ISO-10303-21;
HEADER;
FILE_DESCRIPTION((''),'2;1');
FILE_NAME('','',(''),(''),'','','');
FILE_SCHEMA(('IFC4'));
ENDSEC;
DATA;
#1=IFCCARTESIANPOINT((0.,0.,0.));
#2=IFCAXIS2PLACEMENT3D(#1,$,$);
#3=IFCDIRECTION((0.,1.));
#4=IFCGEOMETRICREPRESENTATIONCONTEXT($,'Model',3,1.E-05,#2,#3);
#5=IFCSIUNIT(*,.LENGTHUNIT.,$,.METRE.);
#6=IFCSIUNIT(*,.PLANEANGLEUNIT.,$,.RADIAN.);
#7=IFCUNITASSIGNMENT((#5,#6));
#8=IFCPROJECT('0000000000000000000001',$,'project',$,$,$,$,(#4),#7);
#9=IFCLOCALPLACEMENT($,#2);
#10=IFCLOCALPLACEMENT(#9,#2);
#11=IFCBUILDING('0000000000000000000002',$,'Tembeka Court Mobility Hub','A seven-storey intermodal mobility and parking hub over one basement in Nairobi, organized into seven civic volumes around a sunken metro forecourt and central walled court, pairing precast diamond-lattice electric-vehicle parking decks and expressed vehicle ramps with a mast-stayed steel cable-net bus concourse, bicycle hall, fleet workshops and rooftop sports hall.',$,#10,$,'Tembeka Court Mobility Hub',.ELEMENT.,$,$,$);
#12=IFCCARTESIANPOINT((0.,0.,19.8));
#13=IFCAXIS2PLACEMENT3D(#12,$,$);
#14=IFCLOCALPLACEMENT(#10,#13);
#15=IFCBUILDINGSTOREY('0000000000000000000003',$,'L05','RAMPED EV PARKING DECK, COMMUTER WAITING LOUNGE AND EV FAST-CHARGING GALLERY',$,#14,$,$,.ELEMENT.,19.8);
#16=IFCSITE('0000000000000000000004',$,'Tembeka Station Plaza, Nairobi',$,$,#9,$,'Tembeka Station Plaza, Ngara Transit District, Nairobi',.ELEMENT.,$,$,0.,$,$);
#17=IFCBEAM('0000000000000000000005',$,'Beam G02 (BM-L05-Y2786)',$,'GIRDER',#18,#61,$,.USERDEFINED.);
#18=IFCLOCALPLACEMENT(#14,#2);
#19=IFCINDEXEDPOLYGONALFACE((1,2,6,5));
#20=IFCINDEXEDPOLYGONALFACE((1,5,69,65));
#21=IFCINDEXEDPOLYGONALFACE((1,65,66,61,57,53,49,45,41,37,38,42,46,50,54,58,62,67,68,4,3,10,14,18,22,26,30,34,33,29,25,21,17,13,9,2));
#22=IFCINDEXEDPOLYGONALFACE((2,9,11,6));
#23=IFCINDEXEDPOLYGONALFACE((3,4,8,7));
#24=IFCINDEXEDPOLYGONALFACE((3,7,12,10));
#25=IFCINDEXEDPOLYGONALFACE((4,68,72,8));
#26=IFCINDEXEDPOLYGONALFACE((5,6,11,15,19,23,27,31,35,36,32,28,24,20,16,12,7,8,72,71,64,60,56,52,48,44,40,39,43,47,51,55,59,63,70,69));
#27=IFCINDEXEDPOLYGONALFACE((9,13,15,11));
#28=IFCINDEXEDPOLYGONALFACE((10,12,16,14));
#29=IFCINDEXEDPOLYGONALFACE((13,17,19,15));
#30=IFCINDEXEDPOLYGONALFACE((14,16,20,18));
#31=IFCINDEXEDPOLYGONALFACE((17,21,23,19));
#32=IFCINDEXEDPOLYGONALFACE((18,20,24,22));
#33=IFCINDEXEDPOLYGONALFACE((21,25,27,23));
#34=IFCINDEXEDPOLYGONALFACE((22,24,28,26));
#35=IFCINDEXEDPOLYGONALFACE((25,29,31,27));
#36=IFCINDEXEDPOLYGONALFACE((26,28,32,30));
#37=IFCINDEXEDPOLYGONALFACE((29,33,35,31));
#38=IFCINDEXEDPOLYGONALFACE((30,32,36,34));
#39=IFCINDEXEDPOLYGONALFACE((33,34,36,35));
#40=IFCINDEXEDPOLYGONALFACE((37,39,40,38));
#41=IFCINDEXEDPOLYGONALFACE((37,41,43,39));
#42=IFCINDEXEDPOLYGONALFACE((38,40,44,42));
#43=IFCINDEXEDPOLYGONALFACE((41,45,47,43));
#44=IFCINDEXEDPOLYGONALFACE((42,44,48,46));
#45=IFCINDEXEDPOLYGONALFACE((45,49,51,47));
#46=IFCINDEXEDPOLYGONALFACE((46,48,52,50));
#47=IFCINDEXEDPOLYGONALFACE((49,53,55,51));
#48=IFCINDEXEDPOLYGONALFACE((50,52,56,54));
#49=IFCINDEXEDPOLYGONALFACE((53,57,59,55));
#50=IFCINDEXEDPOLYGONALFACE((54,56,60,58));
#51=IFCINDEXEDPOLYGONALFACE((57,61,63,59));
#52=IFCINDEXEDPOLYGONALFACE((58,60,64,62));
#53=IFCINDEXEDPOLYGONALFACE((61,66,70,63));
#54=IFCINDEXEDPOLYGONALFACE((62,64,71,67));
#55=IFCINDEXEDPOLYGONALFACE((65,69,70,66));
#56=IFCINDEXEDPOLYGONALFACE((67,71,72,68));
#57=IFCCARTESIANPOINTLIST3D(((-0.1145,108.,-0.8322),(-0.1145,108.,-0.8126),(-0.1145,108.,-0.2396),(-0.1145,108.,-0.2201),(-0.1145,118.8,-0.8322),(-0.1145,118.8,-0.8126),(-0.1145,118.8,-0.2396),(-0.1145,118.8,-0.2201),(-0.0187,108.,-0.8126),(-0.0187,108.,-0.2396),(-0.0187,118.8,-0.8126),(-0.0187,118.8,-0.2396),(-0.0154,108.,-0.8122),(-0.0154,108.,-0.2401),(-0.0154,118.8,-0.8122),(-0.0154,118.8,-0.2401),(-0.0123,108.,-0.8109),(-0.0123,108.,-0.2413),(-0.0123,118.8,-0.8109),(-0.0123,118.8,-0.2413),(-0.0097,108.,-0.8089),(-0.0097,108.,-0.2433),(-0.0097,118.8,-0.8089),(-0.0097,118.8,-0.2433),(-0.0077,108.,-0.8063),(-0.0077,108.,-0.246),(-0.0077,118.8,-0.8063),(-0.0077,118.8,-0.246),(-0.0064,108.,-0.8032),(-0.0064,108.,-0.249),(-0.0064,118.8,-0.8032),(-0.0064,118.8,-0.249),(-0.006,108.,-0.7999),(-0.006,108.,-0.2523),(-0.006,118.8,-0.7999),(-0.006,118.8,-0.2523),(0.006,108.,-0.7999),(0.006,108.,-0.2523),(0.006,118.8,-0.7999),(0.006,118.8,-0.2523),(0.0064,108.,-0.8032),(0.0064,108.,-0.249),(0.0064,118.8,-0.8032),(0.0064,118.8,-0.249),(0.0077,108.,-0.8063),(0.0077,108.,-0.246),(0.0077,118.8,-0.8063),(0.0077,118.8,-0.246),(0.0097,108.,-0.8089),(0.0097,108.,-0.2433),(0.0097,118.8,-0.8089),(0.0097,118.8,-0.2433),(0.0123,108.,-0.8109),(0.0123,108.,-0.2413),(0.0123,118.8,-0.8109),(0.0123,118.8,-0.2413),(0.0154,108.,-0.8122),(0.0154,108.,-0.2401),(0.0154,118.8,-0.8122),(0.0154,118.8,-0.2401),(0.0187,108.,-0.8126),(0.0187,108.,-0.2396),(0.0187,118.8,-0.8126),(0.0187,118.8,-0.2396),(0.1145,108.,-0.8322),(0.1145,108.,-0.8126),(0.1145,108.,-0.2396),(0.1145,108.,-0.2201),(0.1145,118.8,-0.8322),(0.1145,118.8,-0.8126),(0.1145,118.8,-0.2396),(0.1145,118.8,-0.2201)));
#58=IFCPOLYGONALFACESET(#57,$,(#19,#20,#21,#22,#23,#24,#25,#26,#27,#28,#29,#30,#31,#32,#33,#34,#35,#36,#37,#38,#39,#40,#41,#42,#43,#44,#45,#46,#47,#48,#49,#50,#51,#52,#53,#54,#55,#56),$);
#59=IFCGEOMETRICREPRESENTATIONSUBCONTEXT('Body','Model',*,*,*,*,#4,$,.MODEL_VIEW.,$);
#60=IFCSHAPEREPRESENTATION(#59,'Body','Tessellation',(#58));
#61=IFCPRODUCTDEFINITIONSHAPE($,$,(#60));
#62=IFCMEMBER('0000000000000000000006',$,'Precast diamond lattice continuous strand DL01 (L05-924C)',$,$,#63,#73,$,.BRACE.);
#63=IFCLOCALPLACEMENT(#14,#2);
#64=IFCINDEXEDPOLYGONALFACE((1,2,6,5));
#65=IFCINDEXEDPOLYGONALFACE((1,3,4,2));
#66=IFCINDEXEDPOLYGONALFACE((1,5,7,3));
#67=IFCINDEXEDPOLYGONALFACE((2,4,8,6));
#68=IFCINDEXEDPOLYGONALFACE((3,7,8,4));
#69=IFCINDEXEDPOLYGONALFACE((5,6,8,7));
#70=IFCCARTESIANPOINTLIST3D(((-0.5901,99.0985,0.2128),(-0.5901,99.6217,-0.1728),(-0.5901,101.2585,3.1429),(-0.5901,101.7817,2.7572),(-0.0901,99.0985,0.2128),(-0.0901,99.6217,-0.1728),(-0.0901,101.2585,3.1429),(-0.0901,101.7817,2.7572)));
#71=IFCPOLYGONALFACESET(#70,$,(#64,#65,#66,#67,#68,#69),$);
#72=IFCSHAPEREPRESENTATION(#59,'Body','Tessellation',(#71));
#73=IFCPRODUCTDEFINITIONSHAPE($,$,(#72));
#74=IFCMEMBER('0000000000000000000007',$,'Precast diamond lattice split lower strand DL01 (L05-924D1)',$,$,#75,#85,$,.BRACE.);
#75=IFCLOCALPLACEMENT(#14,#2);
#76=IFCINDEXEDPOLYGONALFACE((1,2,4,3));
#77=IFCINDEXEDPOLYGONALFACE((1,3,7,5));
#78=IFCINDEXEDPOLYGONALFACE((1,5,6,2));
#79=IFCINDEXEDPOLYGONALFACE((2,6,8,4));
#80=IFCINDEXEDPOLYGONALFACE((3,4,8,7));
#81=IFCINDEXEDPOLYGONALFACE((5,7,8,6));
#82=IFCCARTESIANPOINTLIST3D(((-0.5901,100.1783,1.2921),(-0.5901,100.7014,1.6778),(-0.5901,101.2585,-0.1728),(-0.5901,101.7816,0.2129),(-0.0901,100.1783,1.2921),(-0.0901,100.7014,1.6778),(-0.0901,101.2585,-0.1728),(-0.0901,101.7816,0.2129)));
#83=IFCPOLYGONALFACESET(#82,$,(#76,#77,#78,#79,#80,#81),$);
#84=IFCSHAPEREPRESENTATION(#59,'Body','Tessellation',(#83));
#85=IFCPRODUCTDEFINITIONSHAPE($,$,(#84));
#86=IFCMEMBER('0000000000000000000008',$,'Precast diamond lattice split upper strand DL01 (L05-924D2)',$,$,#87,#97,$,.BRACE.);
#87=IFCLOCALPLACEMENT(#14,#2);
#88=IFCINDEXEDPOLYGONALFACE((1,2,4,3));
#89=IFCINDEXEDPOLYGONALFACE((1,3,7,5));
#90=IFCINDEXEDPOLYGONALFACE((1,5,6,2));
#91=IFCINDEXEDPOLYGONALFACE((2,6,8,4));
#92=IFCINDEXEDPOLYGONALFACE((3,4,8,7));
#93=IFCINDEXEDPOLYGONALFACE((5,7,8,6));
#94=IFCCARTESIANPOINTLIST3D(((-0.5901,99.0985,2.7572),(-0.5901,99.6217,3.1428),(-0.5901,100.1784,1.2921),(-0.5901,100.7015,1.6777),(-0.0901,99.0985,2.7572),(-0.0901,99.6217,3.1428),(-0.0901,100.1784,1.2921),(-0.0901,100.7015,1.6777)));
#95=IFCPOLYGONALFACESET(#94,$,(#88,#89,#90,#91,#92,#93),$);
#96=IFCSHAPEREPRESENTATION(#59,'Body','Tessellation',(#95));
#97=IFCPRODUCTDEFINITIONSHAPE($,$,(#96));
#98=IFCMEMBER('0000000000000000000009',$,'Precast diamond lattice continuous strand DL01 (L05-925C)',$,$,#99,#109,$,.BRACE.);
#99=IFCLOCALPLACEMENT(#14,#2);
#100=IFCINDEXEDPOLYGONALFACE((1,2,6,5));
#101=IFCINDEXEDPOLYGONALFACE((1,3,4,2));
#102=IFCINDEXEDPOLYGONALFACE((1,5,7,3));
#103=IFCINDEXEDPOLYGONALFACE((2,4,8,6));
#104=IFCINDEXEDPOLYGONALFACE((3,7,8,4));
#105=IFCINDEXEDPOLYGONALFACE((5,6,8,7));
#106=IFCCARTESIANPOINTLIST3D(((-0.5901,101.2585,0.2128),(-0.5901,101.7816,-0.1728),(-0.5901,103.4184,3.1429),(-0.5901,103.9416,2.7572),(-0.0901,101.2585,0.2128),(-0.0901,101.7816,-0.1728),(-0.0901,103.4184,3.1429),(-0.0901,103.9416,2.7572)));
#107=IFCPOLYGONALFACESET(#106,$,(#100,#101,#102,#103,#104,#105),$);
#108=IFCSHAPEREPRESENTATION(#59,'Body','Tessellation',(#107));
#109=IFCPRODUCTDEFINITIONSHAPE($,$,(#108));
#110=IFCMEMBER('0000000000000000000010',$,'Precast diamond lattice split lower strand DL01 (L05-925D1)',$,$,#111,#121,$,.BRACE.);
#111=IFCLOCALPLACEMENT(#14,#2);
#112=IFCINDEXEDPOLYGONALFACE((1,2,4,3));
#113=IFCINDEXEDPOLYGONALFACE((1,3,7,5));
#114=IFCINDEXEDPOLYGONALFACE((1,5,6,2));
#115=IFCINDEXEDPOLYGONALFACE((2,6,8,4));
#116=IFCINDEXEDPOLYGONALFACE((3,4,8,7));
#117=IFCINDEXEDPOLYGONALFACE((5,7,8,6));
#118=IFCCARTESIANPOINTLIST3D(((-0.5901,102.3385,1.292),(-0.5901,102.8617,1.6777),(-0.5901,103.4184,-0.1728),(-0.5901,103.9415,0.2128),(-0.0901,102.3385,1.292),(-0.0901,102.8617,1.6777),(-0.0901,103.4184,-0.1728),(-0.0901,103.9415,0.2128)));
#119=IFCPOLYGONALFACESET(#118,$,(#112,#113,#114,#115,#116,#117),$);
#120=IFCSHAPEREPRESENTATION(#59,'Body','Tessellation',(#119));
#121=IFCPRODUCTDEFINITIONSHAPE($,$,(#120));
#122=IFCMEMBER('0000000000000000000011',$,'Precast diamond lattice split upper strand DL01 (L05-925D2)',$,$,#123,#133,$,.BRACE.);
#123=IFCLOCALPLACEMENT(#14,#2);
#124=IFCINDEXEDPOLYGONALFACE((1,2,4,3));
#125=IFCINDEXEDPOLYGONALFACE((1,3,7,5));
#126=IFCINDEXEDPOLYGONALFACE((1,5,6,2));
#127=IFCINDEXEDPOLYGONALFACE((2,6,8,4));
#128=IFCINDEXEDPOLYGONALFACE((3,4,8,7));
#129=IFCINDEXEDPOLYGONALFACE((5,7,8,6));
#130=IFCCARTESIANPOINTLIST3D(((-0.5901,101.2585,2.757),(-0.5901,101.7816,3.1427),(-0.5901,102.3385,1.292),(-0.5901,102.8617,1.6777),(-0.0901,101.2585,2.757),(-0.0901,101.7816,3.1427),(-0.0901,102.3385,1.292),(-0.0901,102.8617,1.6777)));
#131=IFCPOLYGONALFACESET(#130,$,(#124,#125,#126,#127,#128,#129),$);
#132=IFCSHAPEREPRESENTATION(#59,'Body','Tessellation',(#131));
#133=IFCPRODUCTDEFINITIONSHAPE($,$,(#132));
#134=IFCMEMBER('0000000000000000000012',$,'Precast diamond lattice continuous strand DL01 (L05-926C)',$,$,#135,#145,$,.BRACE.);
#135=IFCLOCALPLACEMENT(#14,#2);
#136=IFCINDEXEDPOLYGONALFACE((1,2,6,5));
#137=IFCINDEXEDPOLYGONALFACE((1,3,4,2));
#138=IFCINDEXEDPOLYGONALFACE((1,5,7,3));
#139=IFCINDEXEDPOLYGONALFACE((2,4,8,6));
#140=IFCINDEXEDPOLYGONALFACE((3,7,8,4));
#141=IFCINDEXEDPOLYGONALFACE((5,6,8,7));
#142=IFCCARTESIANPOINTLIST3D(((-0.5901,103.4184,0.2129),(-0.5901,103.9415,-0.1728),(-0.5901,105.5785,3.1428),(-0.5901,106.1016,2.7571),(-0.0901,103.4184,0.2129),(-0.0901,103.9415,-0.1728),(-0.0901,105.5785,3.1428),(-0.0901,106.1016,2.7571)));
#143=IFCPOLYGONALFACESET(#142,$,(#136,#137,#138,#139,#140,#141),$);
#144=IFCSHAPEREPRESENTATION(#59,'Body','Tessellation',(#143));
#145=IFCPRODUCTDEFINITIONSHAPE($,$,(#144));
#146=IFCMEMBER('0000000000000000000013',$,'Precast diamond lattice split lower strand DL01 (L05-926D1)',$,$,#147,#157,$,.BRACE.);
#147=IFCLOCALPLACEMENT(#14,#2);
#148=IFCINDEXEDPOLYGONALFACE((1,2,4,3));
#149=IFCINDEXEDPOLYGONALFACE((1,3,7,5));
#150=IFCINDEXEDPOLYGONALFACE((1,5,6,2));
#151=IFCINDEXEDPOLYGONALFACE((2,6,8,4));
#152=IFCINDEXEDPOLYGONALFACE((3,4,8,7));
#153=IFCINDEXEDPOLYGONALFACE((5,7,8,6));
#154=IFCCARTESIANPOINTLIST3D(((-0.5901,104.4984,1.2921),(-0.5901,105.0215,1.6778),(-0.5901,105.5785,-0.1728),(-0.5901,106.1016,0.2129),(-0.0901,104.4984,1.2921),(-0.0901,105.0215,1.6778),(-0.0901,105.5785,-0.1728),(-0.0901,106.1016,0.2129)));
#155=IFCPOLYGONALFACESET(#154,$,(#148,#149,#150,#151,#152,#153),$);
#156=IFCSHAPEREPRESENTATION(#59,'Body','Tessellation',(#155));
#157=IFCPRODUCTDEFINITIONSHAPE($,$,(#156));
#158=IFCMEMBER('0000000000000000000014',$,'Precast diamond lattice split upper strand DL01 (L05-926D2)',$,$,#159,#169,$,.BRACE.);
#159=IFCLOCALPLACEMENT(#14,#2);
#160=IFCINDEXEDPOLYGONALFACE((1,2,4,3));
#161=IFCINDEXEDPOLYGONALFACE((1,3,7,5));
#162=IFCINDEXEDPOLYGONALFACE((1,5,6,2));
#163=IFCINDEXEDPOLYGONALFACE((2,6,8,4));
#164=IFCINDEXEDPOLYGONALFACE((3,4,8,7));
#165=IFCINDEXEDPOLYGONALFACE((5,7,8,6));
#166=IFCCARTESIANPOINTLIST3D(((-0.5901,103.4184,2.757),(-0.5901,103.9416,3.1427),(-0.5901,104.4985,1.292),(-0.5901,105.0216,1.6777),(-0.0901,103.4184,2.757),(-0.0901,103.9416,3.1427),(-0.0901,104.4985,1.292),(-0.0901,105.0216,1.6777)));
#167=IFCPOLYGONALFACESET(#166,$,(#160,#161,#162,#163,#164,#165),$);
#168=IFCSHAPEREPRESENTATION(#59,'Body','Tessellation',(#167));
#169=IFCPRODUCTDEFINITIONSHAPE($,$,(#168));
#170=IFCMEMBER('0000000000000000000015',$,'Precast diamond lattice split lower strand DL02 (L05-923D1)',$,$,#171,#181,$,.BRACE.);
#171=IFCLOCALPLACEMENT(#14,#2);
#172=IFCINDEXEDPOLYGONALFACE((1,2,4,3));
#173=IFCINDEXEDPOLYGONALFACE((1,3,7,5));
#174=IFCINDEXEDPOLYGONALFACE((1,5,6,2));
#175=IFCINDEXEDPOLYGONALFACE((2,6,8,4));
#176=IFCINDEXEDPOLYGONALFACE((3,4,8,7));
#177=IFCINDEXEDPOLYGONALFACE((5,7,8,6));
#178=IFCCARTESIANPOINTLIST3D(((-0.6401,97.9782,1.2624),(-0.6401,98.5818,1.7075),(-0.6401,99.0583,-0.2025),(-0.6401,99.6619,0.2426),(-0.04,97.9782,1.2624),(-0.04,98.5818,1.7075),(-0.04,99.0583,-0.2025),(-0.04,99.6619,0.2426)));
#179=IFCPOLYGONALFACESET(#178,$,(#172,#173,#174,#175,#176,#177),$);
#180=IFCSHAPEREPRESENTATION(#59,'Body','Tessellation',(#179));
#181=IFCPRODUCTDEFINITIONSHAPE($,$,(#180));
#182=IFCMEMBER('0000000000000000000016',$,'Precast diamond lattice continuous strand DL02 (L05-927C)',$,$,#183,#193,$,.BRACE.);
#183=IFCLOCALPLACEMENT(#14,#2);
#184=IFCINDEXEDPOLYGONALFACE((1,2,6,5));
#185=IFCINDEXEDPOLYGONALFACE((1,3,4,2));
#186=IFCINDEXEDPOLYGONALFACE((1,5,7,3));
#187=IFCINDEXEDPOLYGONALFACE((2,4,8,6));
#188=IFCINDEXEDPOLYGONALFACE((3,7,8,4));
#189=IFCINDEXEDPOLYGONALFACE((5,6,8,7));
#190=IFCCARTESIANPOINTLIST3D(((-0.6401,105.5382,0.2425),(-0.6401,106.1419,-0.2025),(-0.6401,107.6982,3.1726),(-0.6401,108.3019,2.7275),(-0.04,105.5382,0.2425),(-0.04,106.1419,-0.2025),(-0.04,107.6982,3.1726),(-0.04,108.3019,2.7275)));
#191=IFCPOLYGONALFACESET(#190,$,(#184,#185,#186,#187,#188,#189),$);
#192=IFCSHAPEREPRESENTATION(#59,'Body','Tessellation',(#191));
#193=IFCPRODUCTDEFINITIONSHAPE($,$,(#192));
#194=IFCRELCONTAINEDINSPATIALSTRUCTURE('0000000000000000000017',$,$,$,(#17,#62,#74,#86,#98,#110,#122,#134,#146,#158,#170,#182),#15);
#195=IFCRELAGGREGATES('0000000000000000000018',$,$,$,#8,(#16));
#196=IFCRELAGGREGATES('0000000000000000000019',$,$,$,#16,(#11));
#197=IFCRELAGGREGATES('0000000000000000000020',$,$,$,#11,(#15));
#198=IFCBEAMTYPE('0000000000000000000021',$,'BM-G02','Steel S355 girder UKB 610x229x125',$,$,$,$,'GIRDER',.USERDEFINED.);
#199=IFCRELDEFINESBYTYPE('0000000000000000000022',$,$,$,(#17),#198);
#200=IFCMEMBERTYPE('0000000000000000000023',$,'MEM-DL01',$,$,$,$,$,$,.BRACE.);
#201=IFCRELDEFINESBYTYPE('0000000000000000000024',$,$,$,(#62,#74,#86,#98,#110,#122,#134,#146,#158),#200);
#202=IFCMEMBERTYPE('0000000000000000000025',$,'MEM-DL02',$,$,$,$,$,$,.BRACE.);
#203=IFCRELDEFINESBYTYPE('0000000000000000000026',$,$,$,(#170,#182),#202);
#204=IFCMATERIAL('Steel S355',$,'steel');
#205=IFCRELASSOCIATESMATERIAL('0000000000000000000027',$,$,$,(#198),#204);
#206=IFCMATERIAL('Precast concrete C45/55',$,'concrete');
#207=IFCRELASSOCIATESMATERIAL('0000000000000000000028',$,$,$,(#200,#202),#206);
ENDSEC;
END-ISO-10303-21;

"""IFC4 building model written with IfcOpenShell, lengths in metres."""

from ifc_helpers import new_model, si_unit, direction, frame, origin, origin_2d, place, context, subcontext, project, spatial, rectangle, i_section, extrude, material, material_profile, profile_set, type_object, element, save


model = new_model("IFC4")

# Units and contexts
model_context = context("Model", 3, precision=1e-05, world=origin(), true_north=direction((0.0, 1.0)))
body_context = subcontext(model_context, "Body", "Model", "MODEL_VIEW")
ifc_project = project(units=[si_unit("LENGTHUNIT", "METRE"), si_unit("PLANEANGLEUNIT", "RADIAN")], contexts=[model_context])

# Site, building, storey
site_placement = place(None, origin())
site = spatial("IfcSite", under=ifc_project, at=site_placement, Name="Tembeka Station Plaza, Nairobi", LongName="Tembeka Station Plaza, Ngara Transit District, Nairobi", CompositionType="ELEMENT", RefElevation=0.0)
building_placement = place(site_placement, origin())
building = spatial("IfcBuilding", under=site, at=building_placement, Name="Tembeka Court Mobility Hub", Description="A seven-storey intermodal mobility and parking hub over one basement in Nairobi, organized into seven civic volumes around a sunken metro forecourt and central walled court, pairing precast diamond-lattice electric-vehicle parking decks and expressed vehicle ramps with a mast-stayed steel cable-net bus concourse, bicycle hall, fleet workshops and rooftop sports hall.", LongName="Tembeka Court Mobility Hub", CompositionType="ELEMENT")
storey_placement = place(building_placement, frame((0.0, 0.0, 19.8)))
storey = spatial("IfcBuildingStorey", under=building, at=storey_placement, Name="L05", Description="RAMPED EV PARKING DECK, COMMUTER WAITING LOUNGE AND EV FAST-CHARGING GALLERY", CompositionType="ELEMENT", Elevation=19.8)

# Shared definitions
ifc_material_1 = material(Name="Steel S355", Category="steel")

# Beam
ifc_material_profile_1 = material_profile(ifc_material_1, i_section(OverallWidth=0.229, OverallDepth=0.6121, WebThickness=0.012, FlangeThickness=0.0195, FilletRadius=0.0127, at=origin_2d()), Name="UKB 610x229x125")
ifc_profile_set_1 = profile_set([ifc_material_profile_1], Name="Steel S355")
beam_type_1 = type_object("IfcBeamType", Name="BM-G02", Description="Steel S355 girder UKB 610x229x125", ElementType="GIRDER", PredefinedType="USERDEFINED", material=ifc_profile_set_1)
beam_1_placement = place(storey_placement, frame((0.0, 108.0, -0.5261), z_axis=(0.0, 1.0, 0.0), x_axis=(-1.0, 0.0, 0.0)))
element("IfcBeam", 1, at=beam_1_placement, inside=storey, type_object=beam_type_1, Name="Beam G02 (BM-L05-Y2786)", ObjectType="GIRDER", PredefinedType="USERDEFINED", context=body_context, shape_type="SweptSolid", body=[
    extrude(i_section(OverallWidth=0.229, OverallDepth=0.6121, WebThickness=0.012, FlangeThickness=0.0195, FilletRadius=0.0127, at=origin_2d()), origin(), (0.0, 0.0, 1.0), 10.8),
])

# Members
ifc_material_2 = material(Name="Precast concrete C45/55", Category="concrete")
ifc_material_profile_2 = material_profile(ifc_material_2, rectangle(XDim=0.5, YDim=0.6499, at=origin_2d()), Name="PC-DIAG 500x650")
ifc_profile_set_2 = profile_set([ifc_material_profile_2], Name="Precast concrete C45/55")
member_type_1 = type_object("IfcMemberType", Name="MEM-DL01", PredefinedType="BRACE", material=ifc_profile_set_2)
member_1_placement = place(storey_placement, frame((-0.3401, 99.3601, 0.02), z_axis=(0.0, 0.59338, 0.804923), x_axis=(-1.0, 0.0, 0.0)))
element("IfcMember", 2, at=member_1_placement, inside=storey, type_object=member_type_1, Name="Precast diamond lattice continuous strand DL01 (L05-924C)", PredefinedType="BRACE", context=body_context, shape_type="SweptSolid", body=[
    extrude(rectangle(XDim=0.5, YDim=0.6499, at=origin_2d()), origin(), (0.0, 0.0, 1.0), 3.6401),
])
for number, where, z_axis, x_axis, name in (
    (3, (-0.3401, 101.52, 0.02), (0.0, -0.593455, 0.804867), (1.0, 0.0, 0.0), "Precast diamond lattice split lower strand DL01 (L05-924D1)"),
    (4, (-0.3401, 100.4399, 1.4849), (0.0, -0.593304, 0.804978), (1.0, 0.0, 0.0), "Precast diamond lattice split upper strand DL01 (L05-924D2)"),
):
    element("IfcMember", number, at=place(storey_placement, frame(where, z_axis=z_axis, x_axis=x_axis)), inside=storey, type_object=member_type_1, Name=name, PredefinedType="BRACE", context=body_context, shape_type="SweptSolid", body=[
        extrude(rectangle(XDim=0.5, YDim=0.6499, at=origin_2d()), origin(), (0.0, 0.0, 1.0), 1.8201),
    ])
member_2_placement = place(storey_placement, frame((-0.3401, 101.52, 0.02), z_axis=(0.0, 0.59338, 0.804923), x_axis=(-1.0, 0.0, 0.0)))
element("IfcMember", 5, at=member_2_placement, inside=storey, type_object=member_type_1, Name="Precast diamond lattice continuous strand DL01 (L05-925C)", PredefinedType="BRACE", context=body_context, shape_type="SweptSolid", body=[
    extrude(rectangle(XDim=0.5, YDim=0.6499, at=origin_2d()), origin(), (0.0, 0.0, 1.0), 3.6401),
])
member_3_placement = place(storey_placement, frame((-0.3401, 103.6799, 0.02), z_axis=(0.0, -0.593368, 0.804931), x_axis=(1.0, 0.0, 0.0)))
element("IfcMember", 6, at=member_3_placement, inside=storey, type_object=member_type_1, Name="Precast diamond lattice split lower strand DL01 (L05-925D1)", PredefinedType="BRACE", context=body_context, shape_type="SweptSolid", body=[
    extrude(rectangle(XDim=0.5, YDim=0.6499, at=origin_2d()), origin(), (0.0, 0.0, 1.0), 1.8198),
])
member_4_placement = place(storey_placement, frame((-0.3401, 102.6001, 1.4849), z_axis=(0.0, -0.593391, 0.804914), x_axis=(1.0, 0.0, 0.0)))
element("IfcMember", 7, at=member_4_placement, inside=storey, type_object=member_type_1, Name="Precast diamond lattice split upper strand DL01 (L05-925D2)", PredefinedType="BRACE", context=body_context, shape_type="SweptSolid", body=[
    extrude(rectangle(XDim=0.5, YDim=0.6499, at=origin_2d()), origin(), (0.0, 0.0, 1.0), 1.8201),
])
member_5_placement = place(storey_placement, frame((-0.3401, 103.6799, 0.02), z_axis=(0.0, 0.593423, 0.804891), x_axis=(-1.0, 0.0, 0.0)))
element("IfcMember", 8, at=member_5_placement, inside=storey, type_object=member_type_1, Name="Precast diamond lattice continuous strand DL01 (L05-926C)", PredefinedType="BRACE", context=body_context, shape_type="SweptSolid", body=[
    extrude(rectangle(XDim=0.5, YDim=0.6499, at=origin_2d()), origin(), (0.0, 0.0, 1.0), 3.6401),
])
for number, where, z_axis, x_axis, name in (
    (9, (-0.3401, 105.8401, 0.02), (0.0, -0.593455, 0.804867), (1.0, 0.0, 0.0), "Precast diamond lattice split lower strand DL01 (L05-926D1)"),
    (10, (-0.3401, 104.76, 1.4849), (0.0, -0.593391, 0.804914), (1.0, 0.0, 0.0), "Precast diamond lattice split upper strand DL01 (L05-926D2)"),
):
    element("IfcMember", number, at=place(storey_placement, frame(where, z_axis=z_axis, x_axis=x_axis)), inside=storey, type_object=member_type_1, Name=name, PredefinedType="BRACE", context=body_context, shape_type="SweptSolid", body=[
        extrude(rectangle(XDim=0.5, YDim=0.6499, at=origin_2d()), origin(), (0.0, 0.0, 1.0), 1.8201),
    ])
ifc_material_profile_3 = material_profile(ifc_material_2, rectangle(XDim=0.6001, YDim=0.75, at=origin_2d()), Name="PC-DIAG 600x750")
ifc_profile_set_3 = profile_set([ifc_material_profile_3], Name="Precast concrete C45/55")
member_type_2 = type_object("IfcMemberType", Name="MEM-DL02", PredefinedType="BRACE", material=ifc_profile_set_3)
member_6_placement = place(storey_placement, frame((-0.3401, 99.3601, 0.02), z_axis=(0.0, -0.593455, 0.804867), x_axis=(1.0, 0.0, 0.0)))
element("IfcMember", 11, at=member_6_placement, inside=storey, type_object=member_type_2, Name="Precast diamond lattice split lower strand DL02 (L05-923D1)", PredefinedType="BRACE", context=body_context, shape_type="SweptSolid", body=[
    extrude(rectangle(XDim=0.6001, YDim=0.75, at=origin_2d()), origin(), (0.0, 0.0, 1.0), 1.8201),
])
member_7_placement = place(storey_placement, frame((-0.3401, 105.8401, 0.02), z_axis=(0.0, 0.59338, 0.804923), x_axis=(-1.0, 0.0, 0.0)))
element("IfcMember", 12, at=member_7_placement, inside=storey, type_object=member_type_2, Name="Precast diamond lattice continuous strand DL02 (L05-927C)", PredefinedType="BRACE", context=body_context, shape_type="SweptSolid", body=[
    extrude(rectangle(XDim=0.6001, YDim=0.75, at=origin_2d()), origin(), (0.0, 0.0, 1.0), 3.6401),
])

save(model, "model.ifc")
